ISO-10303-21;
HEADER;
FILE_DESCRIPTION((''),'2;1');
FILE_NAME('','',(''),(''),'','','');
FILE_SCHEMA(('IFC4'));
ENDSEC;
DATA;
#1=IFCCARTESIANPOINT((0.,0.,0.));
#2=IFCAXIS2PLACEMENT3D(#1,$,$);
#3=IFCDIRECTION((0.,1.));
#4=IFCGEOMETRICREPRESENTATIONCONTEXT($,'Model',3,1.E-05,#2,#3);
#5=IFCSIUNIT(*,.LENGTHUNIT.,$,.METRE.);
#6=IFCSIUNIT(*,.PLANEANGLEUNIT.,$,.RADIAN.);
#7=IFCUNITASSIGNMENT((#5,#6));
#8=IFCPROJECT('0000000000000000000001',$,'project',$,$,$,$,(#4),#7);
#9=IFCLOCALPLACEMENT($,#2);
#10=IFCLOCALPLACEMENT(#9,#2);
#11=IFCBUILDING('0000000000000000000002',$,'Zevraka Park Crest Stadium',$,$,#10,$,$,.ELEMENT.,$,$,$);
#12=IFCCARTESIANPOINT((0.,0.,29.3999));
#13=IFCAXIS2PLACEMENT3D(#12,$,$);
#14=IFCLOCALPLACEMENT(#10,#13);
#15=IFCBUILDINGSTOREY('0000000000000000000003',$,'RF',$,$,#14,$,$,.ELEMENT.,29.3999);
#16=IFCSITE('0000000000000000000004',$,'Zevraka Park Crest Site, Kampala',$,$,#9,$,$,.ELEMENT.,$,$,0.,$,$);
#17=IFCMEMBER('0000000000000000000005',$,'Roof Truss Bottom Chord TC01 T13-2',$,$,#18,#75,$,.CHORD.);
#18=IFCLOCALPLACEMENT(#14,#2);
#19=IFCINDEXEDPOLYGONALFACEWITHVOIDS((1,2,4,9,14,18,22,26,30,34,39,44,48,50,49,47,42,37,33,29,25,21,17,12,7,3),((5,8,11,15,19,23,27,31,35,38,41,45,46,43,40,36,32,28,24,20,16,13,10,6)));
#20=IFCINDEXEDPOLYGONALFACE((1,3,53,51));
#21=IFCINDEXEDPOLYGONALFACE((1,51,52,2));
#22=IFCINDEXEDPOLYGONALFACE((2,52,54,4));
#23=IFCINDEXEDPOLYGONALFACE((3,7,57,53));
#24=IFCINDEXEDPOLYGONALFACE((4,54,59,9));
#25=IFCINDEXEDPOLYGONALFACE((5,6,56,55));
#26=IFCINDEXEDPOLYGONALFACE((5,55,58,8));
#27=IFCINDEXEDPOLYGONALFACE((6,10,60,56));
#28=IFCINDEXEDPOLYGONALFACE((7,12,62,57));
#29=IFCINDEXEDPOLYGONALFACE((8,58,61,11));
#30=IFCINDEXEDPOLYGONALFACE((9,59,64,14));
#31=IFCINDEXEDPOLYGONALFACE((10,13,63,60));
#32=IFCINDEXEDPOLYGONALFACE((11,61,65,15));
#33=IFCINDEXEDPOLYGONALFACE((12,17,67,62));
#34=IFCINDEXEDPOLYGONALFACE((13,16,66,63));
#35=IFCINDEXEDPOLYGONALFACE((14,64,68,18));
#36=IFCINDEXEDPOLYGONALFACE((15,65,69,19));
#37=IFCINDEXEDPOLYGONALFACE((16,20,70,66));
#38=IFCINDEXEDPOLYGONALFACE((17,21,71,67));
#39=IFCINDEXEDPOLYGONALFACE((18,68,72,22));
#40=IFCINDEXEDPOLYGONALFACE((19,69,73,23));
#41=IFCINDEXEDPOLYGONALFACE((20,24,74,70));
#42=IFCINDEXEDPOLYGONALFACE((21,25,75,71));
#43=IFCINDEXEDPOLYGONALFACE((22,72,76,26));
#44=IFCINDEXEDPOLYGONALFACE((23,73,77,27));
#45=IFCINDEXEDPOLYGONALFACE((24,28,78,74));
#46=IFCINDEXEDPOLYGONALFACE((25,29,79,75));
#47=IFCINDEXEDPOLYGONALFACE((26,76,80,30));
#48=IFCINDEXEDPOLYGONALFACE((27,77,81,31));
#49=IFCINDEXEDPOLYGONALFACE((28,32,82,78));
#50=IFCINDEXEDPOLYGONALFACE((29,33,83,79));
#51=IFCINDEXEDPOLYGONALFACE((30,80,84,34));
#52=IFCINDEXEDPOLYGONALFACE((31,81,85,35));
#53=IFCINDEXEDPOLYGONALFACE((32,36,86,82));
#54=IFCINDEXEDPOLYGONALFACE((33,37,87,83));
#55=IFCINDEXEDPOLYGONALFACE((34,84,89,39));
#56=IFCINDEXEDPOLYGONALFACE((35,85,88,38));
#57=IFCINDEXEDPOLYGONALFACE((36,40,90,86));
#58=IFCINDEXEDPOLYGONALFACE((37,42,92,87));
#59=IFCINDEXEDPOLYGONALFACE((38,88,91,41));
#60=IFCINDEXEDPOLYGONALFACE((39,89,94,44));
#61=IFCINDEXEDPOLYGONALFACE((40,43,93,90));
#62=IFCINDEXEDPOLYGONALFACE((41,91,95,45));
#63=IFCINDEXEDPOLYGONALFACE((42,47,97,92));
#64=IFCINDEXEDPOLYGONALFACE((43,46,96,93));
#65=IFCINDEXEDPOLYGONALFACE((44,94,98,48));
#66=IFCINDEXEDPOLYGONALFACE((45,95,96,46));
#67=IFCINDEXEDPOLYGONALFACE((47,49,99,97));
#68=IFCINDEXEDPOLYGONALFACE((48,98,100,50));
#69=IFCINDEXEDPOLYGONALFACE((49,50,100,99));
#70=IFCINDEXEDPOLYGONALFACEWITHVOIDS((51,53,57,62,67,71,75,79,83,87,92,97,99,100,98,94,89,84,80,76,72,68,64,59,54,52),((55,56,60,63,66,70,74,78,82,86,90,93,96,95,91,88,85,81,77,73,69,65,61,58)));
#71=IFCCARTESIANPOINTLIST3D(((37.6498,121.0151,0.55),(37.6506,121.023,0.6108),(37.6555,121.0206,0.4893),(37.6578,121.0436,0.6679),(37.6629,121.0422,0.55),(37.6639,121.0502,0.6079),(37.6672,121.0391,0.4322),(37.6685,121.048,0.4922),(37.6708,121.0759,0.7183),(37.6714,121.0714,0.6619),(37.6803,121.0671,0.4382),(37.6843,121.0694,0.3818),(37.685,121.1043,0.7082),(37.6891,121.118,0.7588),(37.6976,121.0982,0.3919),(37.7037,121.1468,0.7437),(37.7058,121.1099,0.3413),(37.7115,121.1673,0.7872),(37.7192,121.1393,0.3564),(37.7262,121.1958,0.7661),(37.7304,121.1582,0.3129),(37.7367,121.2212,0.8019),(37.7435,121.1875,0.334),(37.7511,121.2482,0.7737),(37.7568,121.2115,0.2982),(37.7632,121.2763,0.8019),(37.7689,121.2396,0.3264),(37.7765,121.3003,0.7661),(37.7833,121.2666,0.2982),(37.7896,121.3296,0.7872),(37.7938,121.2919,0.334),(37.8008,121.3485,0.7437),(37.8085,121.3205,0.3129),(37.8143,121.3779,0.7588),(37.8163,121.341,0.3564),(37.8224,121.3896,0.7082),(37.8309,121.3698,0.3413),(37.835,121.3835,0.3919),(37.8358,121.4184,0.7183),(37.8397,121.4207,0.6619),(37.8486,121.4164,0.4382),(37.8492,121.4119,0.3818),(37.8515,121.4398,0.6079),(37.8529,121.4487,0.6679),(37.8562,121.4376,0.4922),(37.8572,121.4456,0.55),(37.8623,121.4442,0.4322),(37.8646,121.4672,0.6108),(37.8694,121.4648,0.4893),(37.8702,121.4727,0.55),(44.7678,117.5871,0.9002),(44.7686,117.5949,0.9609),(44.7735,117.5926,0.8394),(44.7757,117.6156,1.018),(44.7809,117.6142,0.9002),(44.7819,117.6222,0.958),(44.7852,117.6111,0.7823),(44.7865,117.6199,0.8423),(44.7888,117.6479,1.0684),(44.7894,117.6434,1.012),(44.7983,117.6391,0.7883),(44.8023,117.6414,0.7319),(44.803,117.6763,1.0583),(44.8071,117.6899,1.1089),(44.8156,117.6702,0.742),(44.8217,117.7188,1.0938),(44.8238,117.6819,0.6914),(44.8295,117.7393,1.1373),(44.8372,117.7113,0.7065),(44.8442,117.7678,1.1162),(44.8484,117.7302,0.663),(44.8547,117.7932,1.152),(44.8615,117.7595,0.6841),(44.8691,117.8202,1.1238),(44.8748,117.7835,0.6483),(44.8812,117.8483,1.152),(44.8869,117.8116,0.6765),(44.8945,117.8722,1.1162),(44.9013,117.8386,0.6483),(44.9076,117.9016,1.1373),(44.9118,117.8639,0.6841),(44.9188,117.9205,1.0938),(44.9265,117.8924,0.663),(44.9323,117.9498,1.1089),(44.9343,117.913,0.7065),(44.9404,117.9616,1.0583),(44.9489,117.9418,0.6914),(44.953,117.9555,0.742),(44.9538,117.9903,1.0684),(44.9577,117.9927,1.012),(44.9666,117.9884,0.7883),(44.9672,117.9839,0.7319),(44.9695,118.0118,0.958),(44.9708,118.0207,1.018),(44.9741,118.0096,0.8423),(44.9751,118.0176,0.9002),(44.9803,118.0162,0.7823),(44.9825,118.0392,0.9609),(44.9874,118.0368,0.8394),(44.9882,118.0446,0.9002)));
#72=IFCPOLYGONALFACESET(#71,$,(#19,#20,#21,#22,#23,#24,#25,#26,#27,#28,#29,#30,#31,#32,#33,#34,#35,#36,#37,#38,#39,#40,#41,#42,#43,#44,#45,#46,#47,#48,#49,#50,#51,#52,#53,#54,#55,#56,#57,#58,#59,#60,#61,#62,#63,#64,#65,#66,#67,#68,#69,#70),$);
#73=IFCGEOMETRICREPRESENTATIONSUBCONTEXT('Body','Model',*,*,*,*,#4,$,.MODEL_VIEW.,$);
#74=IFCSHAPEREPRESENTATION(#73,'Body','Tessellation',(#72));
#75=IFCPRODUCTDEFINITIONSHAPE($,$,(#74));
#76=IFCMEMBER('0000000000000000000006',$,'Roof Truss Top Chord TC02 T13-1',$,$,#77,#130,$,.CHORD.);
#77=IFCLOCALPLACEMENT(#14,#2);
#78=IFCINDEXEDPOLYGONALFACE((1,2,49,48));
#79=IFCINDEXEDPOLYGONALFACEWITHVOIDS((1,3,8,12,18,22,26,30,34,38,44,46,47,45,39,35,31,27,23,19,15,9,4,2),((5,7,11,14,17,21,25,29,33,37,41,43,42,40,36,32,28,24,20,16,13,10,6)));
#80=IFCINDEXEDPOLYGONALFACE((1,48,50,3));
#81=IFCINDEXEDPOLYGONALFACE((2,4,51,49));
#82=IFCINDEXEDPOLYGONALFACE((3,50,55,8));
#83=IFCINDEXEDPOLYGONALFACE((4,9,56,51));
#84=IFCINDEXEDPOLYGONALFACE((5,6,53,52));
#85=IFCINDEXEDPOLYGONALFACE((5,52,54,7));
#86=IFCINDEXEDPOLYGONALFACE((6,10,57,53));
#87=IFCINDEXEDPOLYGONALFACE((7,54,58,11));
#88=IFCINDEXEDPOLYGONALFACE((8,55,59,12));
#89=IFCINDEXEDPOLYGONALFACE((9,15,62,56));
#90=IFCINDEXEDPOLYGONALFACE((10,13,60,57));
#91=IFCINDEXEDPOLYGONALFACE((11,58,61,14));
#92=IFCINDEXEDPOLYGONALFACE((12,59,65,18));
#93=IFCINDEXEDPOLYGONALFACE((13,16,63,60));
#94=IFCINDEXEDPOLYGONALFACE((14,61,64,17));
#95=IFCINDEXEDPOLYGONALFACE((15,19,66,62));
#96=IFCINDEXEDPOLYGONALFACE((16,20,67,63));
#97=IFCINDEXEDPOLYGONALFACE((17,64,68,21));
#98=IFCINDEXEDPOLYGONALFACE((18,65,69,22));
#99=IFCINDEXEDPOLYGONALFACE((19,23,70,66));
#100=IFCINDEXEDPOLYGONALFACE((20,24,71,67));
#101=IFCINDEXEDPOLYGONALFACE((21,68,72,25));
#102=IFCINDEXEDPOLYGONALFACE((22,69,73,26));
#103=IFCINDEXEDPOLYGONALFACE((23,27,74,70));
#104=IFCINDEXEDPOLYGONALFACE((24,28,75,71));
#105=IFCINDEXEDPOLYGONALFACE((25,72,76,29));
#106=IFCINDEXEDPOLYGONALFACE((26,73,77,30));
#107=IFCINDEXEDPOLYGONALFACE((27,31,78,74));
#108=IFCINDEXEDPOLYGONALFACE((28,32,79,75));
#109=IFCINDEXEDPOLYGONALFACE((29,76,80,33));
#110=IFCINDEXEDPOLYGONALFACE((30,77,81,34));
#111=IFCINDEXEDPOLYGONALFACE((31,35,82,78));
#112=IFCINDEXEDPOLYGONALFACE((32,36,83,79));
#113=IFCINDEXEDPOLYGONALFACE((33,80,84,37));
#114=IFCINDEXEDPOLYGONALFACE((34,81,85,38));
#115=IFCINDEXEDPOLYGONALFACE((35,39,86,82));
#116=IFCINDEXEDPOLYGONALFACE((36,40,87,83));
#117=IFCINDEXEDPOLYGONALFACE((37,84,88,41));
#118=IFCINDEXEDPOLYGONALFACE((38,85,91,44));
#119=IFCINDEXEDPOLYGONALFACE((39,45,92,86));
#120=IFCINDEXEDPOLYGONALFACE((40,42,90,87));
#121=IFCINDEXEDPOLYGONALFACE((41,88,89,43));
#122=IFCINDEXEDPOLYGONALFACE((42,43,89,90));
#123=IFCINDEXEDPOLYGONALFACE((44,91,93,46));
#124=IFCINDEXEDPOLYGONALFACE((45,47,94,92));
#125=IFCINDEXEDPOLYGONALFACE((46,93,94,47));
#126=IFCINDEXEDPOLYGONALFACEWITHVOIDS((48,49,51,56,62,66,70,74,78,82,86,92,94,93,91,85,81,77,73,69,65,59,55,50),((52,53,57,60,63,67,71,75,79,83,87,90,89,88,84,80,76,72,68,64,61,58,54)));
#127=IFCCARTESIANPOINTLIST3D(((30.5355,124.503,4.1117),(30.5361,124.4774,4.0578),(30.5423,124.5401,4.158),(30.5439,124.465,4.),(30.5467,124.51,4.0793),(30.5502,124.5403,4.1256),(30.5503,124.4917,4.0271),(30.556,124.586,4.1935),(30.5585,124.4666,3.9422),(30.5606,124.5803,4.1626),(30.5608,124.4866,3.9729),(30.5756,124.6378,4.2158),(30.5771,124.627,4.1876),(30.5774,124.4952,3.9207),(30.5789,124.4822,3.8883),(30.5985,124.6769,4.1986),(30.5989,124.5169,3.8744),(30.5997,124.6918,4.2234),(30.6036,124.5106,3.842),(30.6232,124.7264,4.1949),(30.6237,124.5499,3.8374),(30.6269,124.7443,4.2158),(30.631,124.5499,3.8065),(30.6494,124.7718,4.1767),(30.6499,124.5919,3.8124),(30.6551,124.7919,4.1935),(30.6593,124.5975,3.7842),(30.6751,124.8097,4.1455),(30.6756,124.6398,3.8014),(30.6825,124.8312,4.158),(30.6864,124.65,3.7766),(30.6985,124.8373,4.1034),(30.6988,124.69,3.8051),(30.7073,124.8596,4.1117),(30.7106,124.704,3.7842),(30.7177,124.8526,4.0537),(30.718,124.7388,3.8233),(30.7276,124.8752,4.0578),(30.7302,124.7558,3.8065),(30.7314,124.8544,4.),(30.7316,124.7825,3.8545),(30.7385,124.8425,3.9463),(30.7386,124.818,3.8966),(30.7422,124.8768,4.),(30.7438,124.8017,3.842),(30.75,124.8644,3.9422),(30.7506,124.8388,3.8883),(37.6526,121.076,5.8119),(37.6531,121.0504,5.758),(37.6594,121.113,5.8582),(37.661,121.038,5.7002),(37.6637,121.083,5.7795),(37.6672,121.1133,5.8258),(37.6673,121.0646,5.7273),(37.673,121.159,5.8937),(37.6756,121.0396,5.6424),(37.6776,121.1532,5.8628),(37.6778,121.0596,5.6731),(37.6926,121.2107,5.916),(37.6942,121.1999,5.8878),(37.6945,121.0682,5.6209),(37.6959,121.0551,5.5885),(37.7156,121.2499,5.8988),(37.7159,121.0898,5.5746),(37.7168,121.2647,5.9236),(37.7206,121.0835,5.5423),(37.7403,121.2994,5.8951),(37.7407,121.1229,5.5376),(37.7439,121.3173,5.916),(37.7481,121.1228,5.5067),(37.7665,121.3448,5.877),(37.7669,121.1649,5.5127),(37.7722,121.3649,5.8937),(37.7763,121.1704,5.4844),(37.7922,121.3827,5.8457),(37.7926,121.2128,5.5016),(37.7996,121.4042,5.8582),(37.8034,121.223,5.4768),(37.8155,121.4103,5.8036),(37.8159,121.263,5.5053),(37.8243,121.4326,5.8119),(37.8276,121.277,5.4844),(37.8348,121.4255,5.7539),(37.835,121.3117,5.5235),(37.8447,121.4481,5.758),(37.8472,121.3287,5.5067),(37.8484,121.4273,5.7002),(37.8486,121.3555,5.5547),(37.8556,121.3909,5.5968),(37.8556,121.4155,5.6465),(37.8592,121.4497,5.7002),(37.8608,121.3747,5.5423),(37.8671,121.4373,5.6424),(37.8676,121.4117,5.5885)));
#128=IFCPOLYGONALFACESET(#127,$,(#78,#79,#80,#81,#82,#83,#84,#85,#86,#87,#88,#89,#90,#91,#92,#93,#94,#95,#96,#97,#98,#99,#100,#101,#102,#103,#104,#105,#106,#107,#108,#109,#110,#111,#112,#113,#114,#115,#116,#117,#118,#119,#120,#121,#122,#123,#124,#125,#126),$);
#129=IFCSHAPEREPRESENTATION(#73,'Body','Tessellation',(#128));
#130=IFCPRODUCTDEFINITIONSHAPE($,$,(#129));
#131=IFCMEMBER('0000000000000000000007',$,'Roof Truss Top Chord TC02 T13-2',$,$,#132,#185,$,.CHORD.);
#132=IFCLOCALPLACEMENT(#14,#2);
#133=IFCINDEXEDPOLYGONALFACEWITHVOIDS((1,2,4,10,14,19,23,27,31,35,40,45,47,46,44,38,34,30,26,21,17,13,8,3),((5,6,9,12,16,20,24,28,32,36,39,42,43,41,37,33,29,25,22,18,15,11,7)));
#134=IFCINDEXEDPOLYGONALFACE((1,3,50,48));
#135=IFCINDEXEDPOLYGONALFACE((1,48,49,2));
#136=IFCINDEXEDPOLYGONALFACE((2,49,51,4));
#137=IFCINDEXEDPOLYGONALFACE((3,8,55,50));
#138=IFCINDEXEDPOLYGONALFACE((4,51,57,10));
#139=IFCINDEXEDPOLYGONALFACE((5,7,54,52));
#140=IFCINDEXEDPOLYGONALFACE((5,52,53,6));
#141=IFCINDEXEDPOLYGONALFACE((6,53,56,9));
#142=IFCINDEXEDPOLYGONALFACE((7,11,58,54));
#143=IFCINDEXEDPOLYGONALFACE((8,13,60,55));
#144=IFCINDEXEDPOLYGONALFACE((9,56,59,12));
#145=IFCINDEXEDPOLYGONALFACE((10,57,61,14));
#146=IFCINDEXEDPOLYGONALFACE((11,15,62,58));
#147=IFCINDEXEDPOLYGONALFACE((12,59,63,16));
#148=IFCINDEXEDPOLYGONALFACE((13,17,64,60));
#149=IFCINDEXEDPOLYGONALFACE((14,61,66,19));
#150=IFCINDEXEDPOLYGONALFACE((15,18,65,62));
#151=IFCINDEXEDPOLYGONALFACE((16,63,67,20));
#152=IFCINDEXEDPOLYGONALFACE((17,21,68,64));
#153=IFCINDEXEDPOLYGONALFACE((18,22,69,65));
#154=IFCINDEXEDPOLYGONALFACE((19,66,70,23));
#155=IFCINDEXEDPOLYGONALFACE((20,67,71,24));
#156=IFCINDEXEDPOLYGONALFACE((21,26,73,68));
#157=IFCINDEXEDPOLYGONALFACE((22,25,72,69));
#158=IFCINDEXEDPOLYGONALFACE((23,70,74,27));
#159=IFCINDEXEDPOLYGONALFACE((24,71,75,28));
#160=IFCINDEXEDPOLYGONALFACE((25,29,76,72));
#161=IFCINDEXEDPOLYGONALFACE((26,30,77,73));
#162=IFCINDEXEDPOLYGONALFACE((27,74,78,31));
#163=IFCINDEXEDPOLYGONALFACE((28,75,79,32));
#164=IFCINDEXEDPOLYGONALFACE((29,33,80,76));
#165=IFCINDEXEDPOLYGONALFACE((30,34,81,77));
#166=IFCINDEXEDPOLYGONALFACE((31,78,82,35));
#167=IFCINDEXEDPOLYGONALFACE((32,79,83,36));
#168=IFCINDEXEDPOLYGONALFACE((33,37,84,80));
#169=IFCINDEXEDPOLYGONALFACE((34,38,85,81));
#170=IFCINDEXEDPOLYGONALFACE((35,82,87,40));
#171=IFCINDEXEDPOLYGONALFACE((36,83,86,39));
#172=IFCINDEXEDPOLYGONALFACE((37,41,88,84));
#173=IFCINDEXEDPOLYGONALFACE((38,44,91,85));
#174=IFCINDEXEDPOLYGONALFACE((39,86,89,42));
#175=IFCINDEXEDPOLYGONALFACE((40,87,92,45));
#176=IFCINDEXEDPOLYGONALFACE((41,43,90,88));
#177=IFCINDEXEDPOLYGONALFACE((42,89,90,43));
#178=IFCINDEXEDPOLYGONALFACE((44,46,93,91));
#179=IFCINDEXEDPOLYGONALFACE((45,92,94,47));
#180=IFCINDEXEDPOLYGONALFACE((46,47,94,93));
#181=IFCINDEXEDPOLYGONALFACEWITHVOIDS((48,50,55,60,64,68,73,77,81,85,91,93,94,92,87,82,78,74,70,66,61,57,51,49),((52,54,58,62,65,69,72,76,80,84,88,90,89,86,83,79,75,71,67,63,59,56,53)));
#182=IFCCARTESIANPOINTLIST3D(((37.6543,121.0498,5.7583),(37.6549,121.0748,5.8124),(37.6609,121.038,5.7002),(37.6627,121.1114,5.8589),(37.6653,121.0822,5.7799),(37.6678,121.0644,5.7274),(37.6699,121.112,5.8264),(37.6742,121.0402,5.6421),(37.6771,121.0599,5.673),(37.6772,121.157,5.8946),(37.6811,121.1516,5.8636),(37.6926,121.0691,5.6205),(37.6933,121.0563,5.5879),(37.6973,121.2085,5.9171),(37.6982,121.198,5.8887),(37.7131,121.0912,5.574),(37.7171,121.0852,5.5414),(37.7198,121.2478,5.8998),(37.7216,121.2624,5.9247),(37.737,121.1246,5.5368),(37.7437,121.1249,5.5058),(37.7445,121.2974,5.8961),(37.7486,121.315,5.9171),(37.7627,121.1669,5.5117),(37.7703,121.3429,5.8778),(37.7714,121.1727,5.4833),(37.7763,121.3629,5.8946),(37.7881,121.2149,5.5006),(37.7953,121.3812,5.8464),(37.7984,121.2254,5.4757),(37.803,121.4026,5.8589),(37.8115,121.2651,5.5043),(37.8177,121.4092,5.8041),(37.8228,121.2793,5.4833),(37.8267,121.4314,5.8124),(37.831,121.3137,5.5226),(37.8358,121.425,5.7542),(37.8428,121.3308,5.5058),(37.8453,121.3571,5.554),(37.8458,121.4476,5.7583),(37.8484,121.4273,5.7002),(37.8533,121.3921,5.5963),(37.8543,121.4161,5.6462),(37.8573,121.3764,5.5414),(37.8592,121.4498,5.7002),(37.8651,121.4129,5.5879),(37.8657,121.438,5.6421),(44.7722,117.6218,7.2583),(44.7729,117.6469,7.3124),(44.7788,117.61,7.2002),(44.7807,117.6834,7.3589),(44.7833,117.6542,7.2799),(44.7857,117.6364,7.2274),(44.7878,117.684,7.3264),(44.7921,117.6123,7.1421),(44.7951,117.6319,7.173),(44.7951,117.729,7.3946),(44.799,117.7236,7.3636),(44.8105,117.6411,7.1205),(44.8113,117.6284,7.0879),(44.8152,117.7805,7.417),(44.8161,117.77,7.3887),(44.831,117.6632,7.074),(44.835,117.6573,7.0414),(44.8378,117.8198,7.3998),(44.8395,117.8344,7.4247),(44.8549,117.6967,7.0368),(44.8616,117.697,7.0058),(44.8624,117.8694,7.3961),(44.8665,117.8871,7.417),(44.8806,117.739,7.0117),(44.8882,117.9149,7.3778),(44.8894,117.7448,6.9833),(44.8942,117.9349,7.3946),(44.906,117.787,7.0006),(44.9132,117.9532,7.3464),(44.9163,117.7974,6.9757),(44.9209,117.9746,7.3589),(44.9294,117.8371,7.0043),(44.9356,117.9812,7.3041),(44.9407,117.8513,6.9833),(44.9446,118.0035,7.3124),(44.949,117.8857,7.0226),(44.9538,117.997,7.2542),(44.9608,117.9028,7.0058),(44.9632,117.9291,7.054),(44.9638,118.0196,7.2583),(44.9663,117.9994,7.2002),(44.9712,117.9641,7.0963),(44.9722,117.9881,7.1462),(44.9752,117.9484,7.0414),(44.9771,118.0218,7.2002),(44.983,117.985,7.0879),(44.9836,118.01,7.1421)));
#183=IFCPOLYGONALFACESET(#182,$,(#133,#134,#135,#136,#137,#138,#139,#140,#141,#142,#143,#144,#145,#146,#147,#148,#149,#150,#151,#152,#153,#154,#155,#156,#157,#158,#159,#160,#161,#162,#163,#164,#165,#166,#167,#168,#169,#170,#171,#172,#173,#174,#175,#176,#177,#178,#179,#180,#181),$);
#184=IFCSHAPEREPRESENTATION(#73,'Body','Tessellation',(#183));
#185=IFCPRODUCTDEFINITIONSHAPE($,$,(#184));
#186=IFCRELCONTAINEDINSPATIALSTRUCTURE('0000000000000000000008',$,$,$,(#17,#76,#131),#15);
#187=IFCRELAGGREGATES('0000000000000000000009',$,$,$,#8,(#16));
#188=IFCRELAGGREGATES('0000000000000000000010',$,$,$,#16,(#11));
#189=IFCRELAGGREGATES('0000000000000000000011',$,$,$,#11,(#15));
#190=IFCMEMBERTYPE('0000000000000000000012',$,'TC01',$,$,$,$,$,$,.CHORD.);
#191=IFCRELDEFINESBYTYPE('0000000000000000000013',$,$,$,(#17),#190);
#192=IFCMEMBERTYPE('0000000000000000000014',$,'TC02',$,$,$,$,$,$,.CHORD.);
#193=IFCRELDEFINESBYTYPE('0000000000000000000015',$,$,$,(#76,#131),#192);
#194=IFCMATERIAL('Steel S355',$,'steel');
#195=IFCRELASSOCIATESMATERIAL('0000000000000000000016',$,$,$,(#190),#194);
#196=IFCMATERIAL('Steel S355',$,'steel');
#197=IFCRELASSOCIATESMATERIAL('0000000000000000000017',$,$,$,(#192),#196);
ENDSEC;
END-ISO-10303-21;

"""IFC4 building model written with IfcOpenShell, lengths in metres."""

from ifc_helpers import new_model, si_unit, direction, frame, origin, origin_2d, place, context, subcontext, project, spatial, hollow_circle, extrude, material, material_profile, profile_set, type_object, element, save


model = new_model("IFC4")

# Units and contexts
model_context = context("Model", 3, precision=1e-05, world=origin(), true_north=direction((0.0, 1.0)))
body_context = subcontext(model_context, "Body", "Model", "MODEL_VIEW")
ifc_project = project(units=[si_unit("LENGTHUNIT", "METRE"), si_unit("PLANEANGLEUNIT", "RADIAN")], contexts=[model_context])

# Site, building, storey
site_placement = place(None, origin())
site = spatial("IfcSite", under=ifc_project, at=site_placement, Name="Zevraka Park Crest Site, Kampala", CompositionType="ELEMENT", RefElevation=0.0)
building_placement = place(site_placement, origin())
building = spatial("IfcBuilding", under=site, at=building_placement, Name="Zevraka Park Crest Stadium", CompositionType="ELEMENT")
storey_placement = place(building_placement, frame((0.0, 0.0, 29.3999)))
storey = spatial("IfcBuildingStorey", under=building, at=storey_placement, Name="RF", CompositionType="ELEMENT", Elevation=29.3999)

# Members
ifc_material_1 = material(Name="Steel S355", Category="steel")
ifc_material_profile_1 = material_profile(ifc_material_1, hollow_circle(Radius=0.2539, WallThickness=0.03, at=origin_2d()), Name="CHS 508.0x30")
ifc_profile_set_1 = profile_set([ifc_material_profile_1], Name="Steel S355")
member_type_1 = type_object("IfcMemberType", Name="TC01", PredefinedType="CHORD", material=ifc_profile_set_1)
member_1_placement = place(storey_placement, frame((37.76, 121.2439, 0.55), z_axis=(0.900077, -0.433476, 0.044271), x_axis=(0.433901, 0.900961, 0.0)))
element("IfcMember", 1, at=member_1_placement, inside=storey, type_object=member_type_1, Name="Roof Truss Bottom Chord TC01 T13-2", PredefinedType="CHORD", context=body_context, shape_type="SweptSolid", body=[
    extrude(hollow_circle(Radius=0.2539, WallThickness=0.03, at=origin_2d()), origin(), (0.0, 0.0, 1.0), 7.9082),
])
ifc_material_2 = material(Name="Steel S355", Category="steel")
ifc_material_profile_2 = material_profile(ifc_material_2, hollow_circle(Radius=0.2285, WallThickness=0.0249, at=origin_2d()), Name="CHS 457.0x25")
ifc_profile_set_2 = profile_set([ifc_material_profile_2], Name="Steel S355")
member_type_2 = type_object("IfcMemberType", Name="TC02", PredefinedType="CHORD", material=ifc_profile_set_2)
member_2_placement = place(storey_placement, frame((30.6431, 124.6709, 4.0), z_axis=(0.880813, -0.424136, 0.210421), x_axis=(0.433849, 0.900986, 0.0)))
element("IfcMember", 2, at=member_2_placement, inside=storey, type_object=member_type_2, Name="Roof Truss Top Chord TC02 T13-1", PredefinedType="CHORD", context=body_context, shape_type="SweptSolid", body=[
    extrude(hollow_circle(Radius=0.2285, WallThickness=0.0249, at=origin_2d()), origin(), (0.0, 0.0, 1.0), 8.0801),
])
member_3_placement = place(storey_placement, frame((37.76, 121.2439, 5.7002), z_axis=(0.885148, -0.426286, 0.186532), x_axis=(0.433901, 0.900961, 0.0)))
element("IfcMember", 3, at=member_3_placement, inside=storey, type_object=member_type_2, Name="Roof Truss Top Chord TC02 T13-2", PredefinedType="CHORD", context=body_context, shape_type="SweptSolid", body=[
    extrude(hollow_circle(Radius=0.2285, WallThickness=0.0249, at=origin_2d()), origin(), (0.0, 0.0, 1.0), 8.0415),
])

save(model, "model.ifc")
